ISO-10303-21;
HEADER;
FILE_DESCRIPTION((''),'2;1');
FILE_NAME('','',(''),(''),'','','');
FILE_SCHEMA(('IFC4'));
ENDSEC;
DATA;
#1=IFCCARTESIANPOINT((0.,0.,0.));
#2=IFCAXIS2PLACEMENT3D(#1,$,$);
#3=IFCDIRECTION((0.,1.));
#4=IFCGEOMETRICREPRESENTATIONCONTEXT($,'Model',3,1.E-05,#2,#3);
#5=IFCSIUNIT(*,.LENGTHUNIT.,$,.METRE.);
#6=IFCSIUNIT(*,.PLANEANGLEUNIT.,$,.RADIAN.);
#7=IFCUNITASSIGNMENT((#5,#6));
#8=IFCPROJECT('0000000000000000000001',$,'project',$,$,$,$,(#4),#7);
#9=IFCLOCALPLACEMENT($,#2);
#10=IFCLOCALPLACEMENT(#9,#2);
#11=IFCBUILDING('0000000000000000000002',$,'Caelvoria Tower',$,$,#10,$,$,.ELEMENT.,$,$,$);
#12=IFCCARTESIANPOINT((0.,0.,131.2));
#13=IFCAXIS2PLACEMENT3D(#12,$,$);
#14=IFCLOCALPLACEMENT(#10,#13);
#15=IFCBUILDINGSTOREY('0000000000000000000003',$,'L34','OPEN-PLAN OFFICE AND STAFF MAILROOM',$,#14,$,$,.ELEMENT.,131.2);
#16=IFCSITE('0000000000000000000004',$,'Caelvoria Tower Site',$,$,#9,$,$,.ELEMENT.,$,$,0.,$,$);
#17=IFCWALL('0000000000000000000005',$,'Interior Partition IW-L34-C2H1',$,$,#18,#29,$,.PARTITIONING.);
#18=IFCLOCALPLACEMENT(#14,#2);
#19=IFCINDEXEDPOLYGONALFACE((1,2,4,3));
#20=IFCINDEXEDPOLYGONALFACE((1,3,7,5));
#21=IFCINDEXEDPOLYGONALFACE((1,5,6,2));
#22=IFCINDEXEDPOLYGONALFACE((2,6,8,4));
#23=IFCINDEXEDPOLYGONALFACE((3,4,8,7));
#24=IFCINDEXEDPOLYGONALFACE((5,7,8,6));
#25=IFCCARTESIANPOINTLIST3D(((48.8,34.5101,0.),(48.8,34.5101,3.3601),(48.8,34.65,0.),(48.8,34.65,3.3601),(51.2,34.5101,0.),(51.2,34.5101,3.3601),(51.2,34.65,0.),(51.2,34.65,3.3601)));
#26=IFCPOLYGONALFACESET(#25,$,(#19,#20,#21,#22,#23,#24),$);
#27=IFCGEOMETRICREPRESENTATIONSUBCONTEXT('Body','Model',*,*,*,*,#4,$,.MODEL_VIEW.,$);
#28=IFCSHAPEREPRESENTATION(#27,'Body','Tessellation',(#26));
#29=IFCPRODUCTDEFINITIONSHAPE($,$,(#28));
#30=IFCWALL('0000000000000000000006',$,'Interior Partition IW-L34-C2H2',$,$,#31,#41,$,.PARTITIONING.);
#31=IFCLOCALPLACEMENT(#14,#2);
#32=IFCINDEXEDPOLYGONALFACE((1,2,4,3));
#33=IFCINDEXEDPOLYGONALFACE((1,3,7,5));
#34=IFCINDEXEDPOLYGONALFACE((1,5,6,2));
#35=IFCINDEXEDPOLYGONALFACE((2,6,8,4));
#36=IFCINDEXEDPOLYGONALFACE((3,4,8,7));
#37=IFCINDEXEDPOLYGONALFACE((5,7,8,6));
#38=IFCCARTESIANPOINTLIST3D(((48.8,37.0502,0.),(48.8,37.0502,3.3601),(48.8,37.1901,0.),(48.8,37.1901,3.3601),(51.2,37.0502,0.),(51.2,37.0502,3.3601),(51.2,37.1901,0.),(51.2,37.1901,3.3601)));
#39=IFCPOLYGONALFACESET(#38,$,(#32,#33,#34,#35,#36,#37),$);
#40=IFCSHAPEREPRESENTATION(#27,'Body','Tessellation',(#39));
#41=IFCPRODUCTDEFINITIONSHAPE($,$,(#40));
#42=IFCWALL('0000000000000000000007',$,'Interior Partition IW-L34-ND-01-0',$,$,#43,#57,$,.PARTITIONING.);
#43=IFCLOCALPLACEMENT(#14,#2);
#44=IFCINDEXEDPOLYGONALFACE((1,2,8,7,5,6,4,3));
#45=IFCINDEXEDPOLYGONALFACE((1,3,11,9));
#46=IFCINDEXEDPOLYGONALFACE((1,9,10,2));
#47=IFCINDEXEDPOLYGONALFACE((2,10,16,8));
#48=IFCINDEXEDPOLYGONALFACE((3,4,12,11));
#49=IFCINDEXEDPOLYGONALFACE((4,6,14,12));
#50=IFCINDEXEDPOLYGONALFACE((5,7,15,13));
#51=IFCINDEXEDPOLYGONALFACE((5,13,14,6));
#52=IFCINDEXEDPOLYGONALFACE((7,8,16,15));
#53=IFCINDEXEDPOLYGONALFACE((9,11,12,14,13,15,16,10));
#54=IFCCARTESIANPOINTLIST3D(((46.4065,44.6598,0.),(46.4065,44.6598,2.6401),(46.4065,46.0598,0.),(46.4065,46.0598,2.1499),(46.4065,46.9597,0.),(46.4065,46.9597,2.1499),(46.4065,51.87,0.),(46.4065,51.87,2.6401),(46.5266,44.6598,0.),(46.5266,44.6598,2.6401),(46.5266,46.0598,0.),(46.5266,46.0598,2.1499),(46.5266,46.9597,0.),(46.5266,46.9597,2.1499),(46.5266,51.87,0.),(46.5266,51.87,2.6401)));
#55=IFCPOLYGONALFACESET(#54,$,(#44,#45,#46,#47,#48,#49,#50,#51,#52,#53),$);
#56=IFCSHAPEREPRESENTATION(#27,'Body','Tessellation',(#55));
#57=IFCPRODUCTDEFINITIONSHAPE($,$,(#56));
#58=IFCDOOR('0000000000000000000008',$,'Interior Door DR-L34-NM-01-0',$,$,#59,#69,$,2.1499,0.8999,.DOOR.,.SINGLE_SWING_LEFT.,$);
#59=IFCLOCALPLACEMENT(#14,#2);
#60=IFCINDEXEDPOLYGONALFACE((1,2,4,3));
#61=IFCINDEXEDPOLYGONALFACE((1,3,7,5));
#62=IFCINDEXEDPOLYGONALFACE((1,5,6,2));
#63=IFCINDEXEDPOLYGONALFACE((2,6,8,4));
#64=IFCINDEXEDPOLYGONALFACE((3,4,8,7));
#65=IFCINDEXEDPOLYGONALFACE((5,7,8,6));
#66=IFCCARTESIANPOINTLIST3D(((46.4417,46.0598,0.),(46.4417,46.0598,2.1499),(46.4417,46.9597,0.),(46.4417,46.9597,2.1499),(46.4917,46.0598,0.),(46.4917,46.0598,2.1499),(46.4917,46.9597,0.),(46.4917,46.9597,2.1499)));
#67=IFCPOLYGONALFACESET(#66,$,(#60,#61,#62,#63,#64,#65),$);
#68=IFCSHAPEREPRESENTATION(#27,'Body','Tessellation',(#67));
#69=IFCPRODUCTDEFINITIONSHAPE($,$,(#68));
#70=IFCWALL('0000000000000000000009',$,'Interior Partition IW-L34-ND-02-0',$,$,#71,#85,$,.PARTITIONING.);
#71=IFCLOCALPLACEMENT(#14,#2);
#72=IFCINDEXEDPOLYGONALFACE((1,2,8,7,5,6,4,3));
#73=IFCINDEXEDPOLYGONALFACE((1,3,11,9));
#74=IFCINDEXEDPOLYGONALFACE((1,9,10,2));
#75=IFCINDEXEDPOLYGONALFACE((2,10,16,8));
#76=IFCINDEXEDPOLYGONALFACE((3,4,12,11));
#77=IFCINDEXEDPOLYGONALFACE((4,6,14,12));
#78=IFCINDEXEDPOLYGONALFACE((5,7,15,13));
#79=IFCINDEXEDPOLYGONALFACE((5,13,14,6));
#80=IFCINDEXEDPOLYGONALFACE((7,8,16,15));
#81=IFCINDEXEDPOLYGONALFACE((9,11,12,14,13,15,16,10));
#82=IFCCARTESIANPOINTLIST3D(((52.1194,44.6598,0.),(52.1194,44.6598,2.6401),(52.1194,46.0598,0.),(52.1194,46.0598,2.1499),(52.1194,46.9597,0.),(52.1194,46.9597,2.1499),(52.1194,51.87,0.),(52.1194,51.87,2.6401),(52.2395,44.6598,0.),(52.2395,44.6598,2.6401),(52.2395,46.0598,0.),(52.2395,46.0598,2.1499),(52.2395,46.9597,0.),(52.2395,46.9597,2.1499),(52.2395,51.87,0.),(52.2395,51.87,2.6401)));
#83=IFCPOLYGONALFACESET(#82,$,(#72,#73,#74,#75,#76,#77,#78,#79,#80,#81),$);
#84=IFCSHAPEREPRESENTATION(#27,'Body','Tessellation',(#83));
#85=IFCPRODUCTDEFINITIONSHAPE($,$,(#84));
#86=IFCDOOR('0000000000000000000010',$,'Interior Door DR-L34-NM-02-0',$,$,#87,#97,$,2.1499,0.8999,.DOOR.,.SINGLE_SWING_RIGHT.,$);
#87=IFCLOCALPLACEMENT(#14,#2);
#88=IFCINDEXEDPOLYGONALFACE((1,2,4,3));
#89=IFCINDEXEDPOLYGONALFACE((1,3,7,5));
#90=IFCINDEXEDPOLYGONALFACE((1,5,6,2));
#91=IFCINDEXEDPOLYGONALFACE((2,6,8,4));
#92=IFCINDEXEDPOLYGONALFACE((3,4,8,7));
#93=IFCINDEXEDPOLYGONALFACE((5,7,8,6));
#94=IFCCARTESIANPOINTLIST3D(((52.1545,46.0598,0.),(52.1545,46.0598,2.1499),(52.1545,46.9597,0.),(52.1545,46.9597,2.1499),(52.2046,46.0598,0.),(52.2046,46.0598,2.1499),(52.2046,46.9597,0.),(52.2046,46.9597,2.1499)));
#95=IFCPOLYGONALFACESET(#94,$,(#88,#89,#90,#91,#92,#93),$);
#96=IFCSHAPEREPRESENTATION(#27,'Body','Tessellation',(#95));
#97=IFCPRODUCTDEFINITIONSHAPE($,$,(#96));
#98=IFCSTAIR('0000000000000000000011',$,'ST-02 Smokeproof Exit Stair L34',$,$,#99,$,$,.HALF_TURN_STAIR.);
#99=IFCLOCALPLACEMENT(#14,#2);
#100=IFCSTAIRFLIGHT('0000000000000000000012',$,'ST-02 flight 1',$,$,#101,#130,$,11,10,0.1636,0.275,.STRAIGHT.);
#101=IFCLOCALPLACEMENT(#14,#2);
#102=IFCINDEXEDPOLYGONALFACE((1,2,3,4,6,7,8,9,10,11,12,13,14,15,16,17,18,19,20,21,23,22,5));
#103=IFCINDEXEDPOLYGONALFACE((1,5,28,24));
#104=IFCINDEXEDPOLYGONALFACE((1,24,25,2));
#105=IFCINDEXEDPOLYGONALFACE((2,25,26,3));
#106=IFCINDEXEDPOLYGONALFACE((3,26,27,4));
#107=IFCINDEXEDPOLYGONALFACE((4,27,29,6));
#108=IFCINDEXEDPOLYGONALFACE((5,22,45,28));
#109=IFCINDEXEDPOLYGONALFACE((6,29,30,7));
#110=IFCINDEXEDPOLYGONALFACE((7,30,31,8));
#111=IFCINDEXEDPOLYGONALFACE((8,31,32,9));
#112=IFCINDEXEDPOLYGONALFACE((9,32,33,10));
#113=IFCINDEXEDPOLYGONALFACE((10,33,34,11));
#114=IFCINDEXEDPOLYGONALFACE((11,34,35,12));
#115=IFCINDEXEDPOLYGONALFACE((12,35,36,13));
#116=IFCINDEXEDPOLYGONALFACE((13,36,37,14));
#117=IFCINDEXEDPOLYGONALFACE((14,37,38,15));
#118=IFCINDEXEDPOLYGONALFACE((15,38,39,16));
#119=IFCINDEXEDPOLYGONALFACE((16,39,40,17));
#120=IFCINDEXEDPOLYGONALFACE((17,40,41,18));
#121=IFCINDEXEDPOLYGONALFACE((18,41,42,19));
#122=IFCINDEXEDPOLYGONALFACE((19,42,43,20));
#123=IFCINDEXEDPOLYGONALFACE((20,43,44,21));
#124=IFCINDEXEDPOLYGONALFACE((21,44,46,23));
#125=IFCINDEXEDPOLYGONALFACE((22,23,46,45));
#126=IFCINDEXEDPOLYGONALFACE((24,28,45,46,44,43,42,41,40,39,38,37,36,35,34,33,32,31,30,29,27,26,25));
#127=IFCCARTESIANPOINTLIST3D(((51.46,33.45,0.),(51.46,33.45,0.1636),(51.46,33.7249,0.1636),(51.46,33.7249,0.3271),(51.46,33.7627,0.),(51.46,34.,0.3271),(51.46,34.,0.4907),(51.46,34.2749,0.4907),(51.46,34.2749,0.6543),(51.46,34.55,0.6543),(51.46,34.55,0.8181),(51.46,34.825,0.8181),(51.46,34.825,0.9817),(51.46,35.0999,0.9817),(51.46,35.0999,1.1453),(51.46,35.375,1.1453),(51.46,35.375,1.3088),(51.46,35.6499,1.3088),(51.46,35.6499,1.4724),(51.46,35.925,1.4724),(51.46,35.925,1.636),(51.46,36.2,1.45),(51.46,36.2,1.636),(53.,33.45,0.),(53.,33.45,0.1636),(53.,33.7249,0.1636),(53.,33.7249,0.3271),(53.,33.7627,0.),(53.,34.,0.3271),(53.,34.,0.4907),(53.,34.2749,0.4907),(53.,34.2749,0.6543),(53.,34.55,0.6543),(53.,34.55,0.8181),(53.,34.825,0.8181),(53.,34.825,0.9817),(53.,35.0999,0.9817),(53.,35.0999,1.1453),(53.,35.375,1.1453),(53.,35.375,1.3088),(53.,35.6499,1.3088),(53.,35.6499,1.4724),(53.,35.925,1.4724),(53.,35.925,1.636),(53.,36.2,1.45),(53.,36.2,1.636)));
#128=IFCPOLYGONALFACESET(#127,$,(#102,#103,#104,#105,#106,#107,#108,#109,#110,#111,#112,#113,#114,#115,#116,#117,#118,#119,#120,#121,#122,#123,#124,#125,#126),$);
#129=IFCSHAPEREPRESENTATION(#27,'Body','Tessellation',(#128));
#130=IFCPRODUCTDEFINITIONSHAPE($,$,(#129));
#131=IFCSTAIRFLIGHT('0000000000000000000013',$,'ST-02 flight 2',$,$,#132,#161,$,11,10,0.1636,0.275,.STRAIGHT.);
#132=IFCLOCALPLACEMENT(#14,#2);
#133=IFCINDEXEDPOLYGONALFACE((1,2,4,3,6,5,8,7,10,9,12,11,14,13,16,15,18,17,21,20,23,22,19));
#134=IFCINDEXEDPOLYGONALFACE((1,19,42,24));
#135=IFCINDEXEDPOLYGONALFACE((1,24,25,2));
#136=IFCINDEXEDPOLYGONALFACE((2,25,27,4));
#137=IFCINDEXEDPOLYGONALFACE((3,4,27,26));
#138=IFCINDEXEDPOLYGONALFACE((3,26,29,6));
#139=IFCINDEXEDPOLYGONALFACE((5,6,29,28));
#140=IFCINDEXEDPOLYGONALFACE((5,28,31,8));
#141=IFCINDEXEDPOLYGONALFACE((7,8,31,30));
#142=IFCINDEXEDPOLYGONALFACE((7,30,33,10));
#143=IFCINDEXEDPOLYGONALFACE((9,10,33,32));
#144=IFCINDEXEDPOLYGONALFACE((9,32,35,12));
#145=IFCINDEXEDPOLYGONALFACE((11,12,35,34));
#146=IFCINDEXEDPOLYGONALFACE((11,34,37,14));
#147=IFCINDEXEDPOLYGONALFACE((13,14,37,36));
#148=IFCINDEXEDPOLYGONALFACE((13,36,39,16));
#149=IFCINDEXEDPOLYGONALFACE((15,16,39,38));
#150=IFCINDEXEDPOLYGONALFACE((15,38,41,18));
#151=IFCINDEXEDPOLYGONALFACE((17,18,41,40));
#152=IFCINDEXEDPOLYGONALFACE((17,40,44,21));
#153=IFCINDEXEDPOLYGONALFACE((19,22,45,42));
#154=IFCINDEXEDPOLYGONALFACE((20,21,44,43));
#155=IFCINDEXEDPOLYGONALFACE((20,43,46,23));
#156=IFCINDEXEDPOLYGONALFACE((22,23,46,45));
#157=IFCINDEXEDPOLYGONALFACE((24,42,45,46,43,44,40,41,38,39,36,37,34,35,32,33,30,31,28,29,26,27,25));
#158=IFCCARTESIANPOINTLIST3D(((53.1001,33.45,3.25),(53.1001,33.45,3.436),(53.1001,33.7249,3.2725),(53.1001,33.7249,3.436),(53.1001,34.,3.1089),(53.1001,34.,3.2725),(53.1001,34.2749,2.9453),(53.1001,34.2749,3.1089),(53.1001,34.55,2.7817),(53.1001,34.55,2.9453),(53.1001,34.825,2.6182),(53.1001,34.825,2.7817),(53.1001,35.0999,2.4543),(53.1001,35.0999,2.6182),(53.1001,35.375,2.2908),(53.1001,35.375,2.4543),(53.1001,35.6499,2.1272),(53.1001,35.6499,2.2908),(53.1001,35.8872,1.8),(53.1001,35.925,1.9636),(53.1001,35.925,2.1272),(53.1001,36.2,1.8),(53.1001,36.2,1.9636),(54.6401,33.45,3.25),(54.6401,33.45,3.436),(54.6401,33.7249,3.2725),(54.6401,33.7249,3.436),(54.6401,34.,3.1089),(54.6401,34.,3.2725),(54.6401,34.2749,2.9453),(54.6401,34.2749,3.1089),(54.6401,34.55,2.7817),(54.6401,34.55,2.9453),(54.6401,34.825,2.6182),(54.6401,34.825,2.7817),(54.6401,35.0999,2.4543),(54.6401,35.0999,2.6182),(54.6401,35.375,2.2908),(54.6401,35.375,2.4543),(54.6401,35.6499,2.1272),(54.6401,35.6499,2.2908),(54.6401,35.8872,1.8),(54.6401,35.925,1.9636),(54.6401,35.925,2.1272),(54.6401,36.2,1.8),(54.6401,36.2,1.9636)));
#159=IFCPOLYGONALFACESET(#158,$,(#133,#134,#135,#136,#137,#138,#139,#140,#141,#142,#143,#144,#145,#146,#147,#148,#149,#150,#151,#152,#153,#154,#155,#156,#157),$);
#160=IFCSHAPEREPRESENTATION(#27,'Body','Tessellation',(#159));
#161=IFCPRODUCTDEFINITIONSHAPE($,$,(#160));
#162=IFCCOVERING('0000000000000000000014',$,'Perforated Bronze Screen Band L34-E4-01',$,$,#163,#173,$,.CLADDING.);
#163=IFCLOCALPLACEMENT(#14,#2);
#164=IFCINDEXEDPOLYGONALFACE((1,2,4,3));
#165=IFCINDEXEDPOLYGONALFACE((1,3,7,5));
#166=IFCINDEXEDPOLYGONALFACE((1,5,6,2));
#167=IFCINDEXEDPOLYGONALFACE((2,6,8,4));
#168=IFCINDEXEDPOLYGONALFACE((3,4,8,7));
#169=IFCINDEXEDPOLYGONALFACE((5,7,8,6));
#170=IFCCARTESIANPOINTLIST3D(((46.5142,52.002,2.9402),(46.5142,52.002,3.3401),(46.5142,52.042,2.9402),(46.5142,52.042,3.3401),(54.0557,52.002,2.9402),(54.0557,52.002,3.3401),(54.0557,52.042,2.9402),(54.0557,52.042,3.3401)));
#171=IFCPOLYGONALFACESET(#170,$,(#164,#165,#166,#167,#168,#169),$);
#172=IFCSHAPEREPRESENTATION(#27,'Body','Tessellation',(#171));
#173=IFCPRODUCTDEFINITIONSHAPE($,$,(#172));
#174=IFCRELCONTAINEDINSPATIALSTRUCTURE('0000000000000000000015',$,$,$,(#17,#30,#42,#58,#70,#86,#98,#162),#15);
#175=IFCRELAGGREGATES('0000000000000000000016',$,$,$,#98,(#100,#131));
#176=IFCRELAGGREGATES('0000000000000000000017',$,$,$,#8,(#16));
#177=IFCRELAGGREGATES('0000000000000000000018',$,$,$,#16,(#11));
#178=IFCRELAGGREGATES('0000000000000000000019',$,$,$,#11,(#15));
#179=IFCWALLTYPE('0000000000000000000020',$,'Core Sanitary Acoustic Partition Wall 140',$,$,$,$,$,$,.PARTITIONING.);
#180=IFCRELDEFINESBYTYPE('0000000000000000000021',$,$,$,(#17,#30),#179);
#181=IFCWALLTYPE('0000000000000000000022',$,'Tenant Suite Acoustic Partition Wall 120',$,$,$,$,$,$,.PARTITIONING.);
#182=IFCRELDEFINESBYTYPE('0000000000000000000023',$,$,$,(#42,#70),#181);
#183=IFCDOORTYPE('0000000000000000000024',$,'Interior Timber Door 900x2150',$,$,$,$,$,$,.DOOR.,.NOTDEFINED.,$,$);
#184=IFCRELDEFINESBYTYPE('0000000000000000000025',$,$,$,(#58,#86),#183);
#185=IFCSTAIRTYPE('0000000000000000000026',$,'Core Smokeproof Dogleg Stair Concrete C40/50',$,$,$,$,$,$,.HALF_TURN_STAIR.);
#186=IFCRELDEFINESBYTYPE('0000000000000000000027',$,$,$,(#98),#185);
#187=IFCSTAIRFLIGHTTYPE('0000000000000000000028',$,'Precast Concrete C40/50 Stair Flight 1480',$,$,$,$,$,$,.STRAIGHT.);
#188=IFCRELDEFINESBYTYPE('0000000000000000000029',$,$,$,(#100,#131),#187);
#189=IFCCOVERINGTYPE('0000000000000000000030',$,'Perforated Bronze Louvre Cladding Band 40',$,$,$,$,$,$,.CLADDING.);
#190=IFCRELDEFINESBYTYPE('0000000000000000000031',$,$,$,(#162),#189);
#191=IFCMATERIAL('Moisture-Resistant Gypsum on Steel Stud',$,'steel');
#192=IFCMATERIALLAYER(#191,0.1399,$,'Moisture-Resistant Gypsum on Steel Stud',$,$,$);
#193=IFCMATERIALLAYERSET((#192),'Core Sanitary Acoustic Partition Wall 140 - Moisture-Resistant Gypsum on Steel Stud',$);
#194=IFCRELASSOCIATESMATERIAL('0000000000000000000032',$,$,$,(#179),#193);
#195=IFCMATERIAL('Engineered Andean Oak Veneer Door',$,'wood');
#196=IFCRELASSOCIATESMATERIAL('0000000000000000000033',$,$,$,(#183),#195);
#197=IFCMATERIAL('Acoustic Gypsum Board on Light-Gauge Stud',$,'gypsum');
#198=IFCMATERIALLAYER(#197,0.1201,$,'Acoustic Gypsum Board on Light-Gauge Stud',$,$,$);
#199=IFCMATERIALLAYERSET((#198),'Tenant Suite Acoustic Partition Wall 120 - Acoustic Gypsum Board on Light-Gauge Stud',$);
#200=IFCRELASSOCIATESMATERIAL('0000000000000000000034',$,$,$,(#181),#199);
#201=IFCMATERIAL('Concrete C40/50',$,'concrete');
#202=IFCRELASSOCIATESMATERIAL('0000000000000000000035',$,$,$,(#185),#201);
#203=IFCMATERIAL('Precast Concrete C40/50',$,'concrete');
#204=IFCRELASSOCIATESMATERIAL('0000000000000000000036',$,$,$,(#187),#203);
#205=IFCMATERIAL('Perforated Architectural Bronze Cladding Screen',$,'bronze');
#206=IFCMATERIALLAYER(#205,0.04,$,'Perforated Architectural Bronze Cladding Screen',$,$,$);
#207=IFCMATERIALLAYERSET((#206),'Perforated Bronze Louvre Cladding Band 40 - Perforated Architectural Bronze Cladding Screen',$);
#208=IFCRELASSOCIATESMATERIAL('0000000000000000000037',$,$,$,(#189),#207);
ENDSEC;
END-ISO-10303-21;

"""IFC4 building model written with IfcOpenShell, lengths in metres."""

from ifc_helpers import new_model, si_unit, direction, frame, frame_2d, origin, origin_2d, place, context, subcontext, project, spatial, polyline, rectangle, outline, extrude, material, layer, layer_set, type_object, element, fill, aggregate, save


model = new_model("IFC4")

# Units and contexts
model_context = context("Model", 3, precision=1e-05, world=origin(), true_north=direction((0.0, 1.0)))
body_context = subcontext(model_context, "Body", "Model", "MODEL_VIEW")
ifc_project = project(units=[si_unit("LENGTHUNIT", "METRE"), si_unit("PLANEANGLEUNIT", "RADIAN")], contexts=[model_context])

# Site, building, storey
site_placement = place(None, origin())
site = spatial("IfcSite", under=ifc_project, at=site_placement, Name="Caelvoria Tower Site", CompositionType="ELEMENT", RefElevation=0.0)
building_placement = place(site_placement, origin())
building = spatial("IfcBuilding", under=site, at=building_placement, Name="Caelvoria Tower", CompositionType="ELEMENT")
storey_placement = place(building_placement, frame((0.0, 0.0, 131.2)))
storey = spatial("IfcBuildingStorey", under=building, at=storey_placement, Name="L34", Description="OPEN-PLAN OFFICE AND STAFF MAILROOM", CompositionType="ELEMENT", Elevation=131.2)

# Shared definitions
ifc_material_1 = material(Name="Moisture-Resistant Gypsum on Steel Stud", Category="steel")
ifc_layer_1 = layer(ifc_material_1, 0.1399, Name="Moisture-Resistant Gypsum on Steel Stud")
ifc_layer_set_1 = layer_set([ifc_layer_1], Name="Core Sanitary Acoustic Partition Wall 140 - Moisture-Resistant Gypsum on Steel Stud")
wall_type_1 = type_object("IfcWallType", Name="Core Sanitary Acoustic Partition Wall 140", PredefinedType="PARTITIONING", material=ifc_layer_set_1)
ifc_material_2 = material(Name="Engineered Andean Oak Veneer Door", Category="wood")
door_type_1 = type_object("IfcDoorType", Name="Interior Timber Door 900x2150", OperationType="NOTDEFINED", PredefinedType="DOOR", material=ifc_material_2)

# Walls
for number, where, z_axis, x_axis, name in (
    (1, (48.8, 34.5801, 0.0), (0.0, 0.0, 1.0), (1.0, 0.0, 0.0), "Interior Partition IW-L34-C2H1"),
    (2, (48.8, 37.1201, 0.0), (0.0, 0.0, 1.0), (1.0, 0.0, 0.0), "Interior Partition IW-L34-C2H2"),
):
    element("IfcWall", number, at=place(storey_placement, frame(where, z_axis=z_axis, x_axis=x_axis)), inside=storey, type_object=wall_type_1, Name=name, PredefinedType="PARTITIONING", context=body_context, shape_type="SweptSolid", body=[
        extrude(rectangle(XDim=2.3999, YDim=0.1399, at=frame_2d((1.2, 0.0))), origin(), (0.0, 0.0, 1.0), 3.3601),
    ])

# Walls, openings, doors
ifc_material_3 = material(Name="Acoustic Gypsum Board on Light-Gauge Stud", Category="gypsum")
ifc_layer_2 = layer(ifc_material_3, 0.1201, Name="Acoustic Gypsum Board on Light-Gauge Stud")
ifc_layer_set_2 = layer_set([ifc_layer_2], Name="Tenant Suite Acoustic Partition Wall 120 - Acoustic Gypsum Board on Light-Gauge Stud")
wall_type_2 = type_object("IfcWallType", Name="Tenant Suite Acoustic Partition Wall 120", PredefinedType="PARTITIONING", material=ifc_layer_set_2)
wall_1_placement = place(storey_placement, frame((46.4666, 44.6599, 0.0), z_axis=(0.0, 0.0, 1.0), x_axis=(0.0, 1.0, 0.0)))
wall_1 = element("IfcWall", 3, at=wall_1_placement, inside=storey, type_object=wall_type_2, Name="Interior Partition IW-L34-ND-01-0", PredefinedType="PARTITIONING", context=body_context, shape_type="SweptSolid", body=[
    extrude(rectangle(XDim=7.2102, YDim=0.1201, at=frame_2d((3.605, 0.0))), origin(), (0.0, 0.0, 1.0), 2.6401),
])
opening_1_placement = place(wall_1_placement, frame((1.3999, 0.0, 0.0)))
opening_1 = element("IfcOpeningElement", 4, at=opening_1_placement, cuts=wall_1, PredefinedType="OPENING", context=body_context, shape_type="SweptSolid", body=[
    extrude(rectangle(XDim=0.8999, YDim=2.1499, at=frame_2d((0.45, 1.075))), frame((0.0, 0.0701, 0.0), z_axis=(0.0, -1.0, 0.0), x_axis=(1.0, 0.0, 0.0)), (0.0, 0.0, 1.0), 0.1401),
])
door_1_placement = place(opening_1_placement, origin())
door_1 = element("IfcDoor", 5, at=door_1_placement, inside=storey, type_object=door_type_1, Name="Interior Door DR-L34-NM-01-0", OperationType="SINGLE_SWING_LEFT", OverallHeight=2.1499, OverallWidth=0.8999, PredefinedType="DOOR", context=body_context, shape_type="SweptSolid", body=[
    extrude(rectangle(XDim=0.8999, YDim=2.1499, at=frame_2d((0.45, 1.075))), frame((0.0, 0.0249, 0.0), z_axis=(0.0, -1.0, 0.0), x_axis=(1.0, 0.0, 0.0)), (0.0, 0.0, 1.0), 0.05),
])
fill(opening_1, door_1)
wall_2_placement = place(storey_placement, frame((52.1794, 44.6599, 0.0), z_axis=(0.0, 0.0, 1.0), x_axis=(0.0, 1.0, 0.0)))
wall_2 = element("IfcWall", 6, at=wall_2_placement, inside=storey, type_object=wall_type_2, Name="Interior Partition IW-L34-ND-02-0", PredefinedType="PARTITIONING", context=body_context, shape_type="SweptSolid", body=[
    extrude(rectangle(XDim=7.2102, YDim=0.1201, at=frame_2d((3.605, 0.0))), origin(), (0.0, 0.0, 1.0), 2.6401),
])
opening_2_placement = place(wall_2_placement, frame((1.3999, 0.0, 0.0)))
opening_2 = element("IfcOpeningElement", 7, at=opening_2_placement, cuts=wall_2, PredefinedType="OPENING", context=body_context, shape_type="SweptSolid", body=[
    extrude(rectangle(XDim=0.8999, YDim=2.1499, at=frame_2d((0.45, 1.075))), frame((0.0, 0.0701, 0.0), z_axis=(0.0, -1.0, 0.0), x_axis=(1.0, 0.0, 0.0)), (0.0, 0.0, 1.0), 0.1401),
])
door_2_placement = place(opening_2_placement, origin())
door_2 = element("IfcDoor", 8, at=door_2_placement, inside=storey, type_object=door_type_1, Name="Interior Door DR-L34-NM-02-0", OperationType="SINGLE_SWING_RIGHT", OverallHeight=2.1499, OverallWidth=0.8999, PredefinedType="DOOR", context=body_context, shape_type="SweptSolid", body=[
    extrude(rectangle(XDim=0.8999, YDim=2.1499, at=frame_2d((0.45, 1.075))), frame((0.0, 0.0249, 0.0), z_axis=(0.0, -1.0, 0.0), x_axis=(1.0, 0.0, 0.0)), (0.0, 0.0, 1.0), 0.05),
])
fill(opening_2, door_2)

# Stair, stair flights
ifc_material_4 = material(Name="Concrete C40/50", Category="concrete")
stair_type = type_object("IfcStairType", Name="Core Smokeproof Dogleg Stair Concrete C40/50", PredefinedType="HALF_TURN_STAIR", material=ifc_material_4)
stair_placement = place(storey_placement, origin())
stair = element("IfcStair", 9, at=stair_placement, inside=storey, type_object=stair_type, Name="ST-02 Smokeproof Exit Stair L34", PredefinedType="HALF_TURN_STAIR")
ifc_material_5 = material(Name="Precast Concrete C40/50", Category="concrete")
stair_flight_type = type_object("IfcStairFlightType", Name="Precast Concrete C40/50 Stair Flight 1480", PredefinedType="STRAIGHT", material=ifc_material_5)
stair_flight_1_placement = place(storey_placement, frame((52.23, 33.45, 0.0), z_axis=(0.0, 0.0, 1.0), x_axis=(0.0, 1.0, 0.0)))
stair_flight_1 = element("IfcStairFlight", 10, at=stair_flight_1_placement, type_object=stair_flight_type, Name="ST-02 flight 1", NumberOfRisers=11, NumberOfTreads=10, PredefinedType="STRAIGHT", RiserHeight=0.1636, TreadLength=0.275, context=body_context, shape_type="SweptSolid", body=[
    extrude(outline(polyline([(0.0, 0.0), (0.0, 0.1636), (0.2749, 0.1636), (0.2749, 0.3271), (0.55, 0.3271), (0.55, 0.4907), (0.825, 0.4907), (0.825, 0.6543), (1.1001, 0.6543), (1.1001, 0.8181), (1.375, 0.8181), (1.375, 0.9817), (1.6499, 0.9817), (1.6499, 1.1453), (1.925, 1.1453), (1.925, 1.3088), (2.2, 1.3088), (2.2, 1.4724), (2.4751, 1.4724), (2.4751, 1.636), (2.75, 1.636), (2.75, 1.7996), (2.75, 1.45), (0.3127, 0.0), (0.0, 0.0)])), frame((0.0, 0.77, 0.0), z_axis=(0.0, -1.0, 0.0), x_axis=(1.0, 0.0, 0.0)), (0.0, 0.0, 1.0), 1.54),
])
stair_flight_2_placement = place(storey_placement, frame((53.8701, 36.2, 1.8), z_axis=(0.0, 0.0, 1.0), x_axis=(0.0, -1.0, 0.0)))
stair_flight_2 = element("IfcStairFlight", 11, at=stair_flight_2_placement, type_object=stair_flight_type, Name="ST-02 flight 2", NumberOfRisers=11, NumberOfTreads=10, PredefinedType="STRAIGHT", RiserHeight=0.1636, TreadLength=0.275, context=body_context, shape_type="SweptSolid", body=[
    extrude(outline(polyline([(0.0, 0.0), (0.0, 0.1636), (0.2749, 0.1636), (0.2749, 0.3271), (0.55, 0.3271), (0.55, 0.4907), (0.825, 0.4907), (0.825, 0.6543), (1.1001, 0.6543), (1.1001, 0.8181), (1.375, 0.8181), (1.375, 0.9817), (1.6499, 0.9817), (1.6499, 1.1453), (1.925, 1.1453), (1.925, 1.3088), (2.2, 1.3088), (2.2, 1.4724), (2.4751, 1.4724), (2.4751, 1.636), (2.75, 1.636), (2.75, 1.7996), (2.75, 1.45), (0.3127, 0.0), (0.0, 0.0)])), frame((0.0, 0.77, 0.0), z_axis=(0.0, -1.0, 0.0), x_axis=(1.0, 0.0, 0.0)), (0.0, 0.0, 1.0), 1.54),
])
aggregate(stair, [stair_flight_1, stair_flight_2])

# Covering
ifc_material_6 = material(Name="Perforated Architectural Bronze Cladding Screen", Category="bronze")
ifc_layer_3 = layer(ifc_material_6, 0.04, Name="Perforated Architectural Bronze Cladding Screen")
ifc_layer_set_3 = layer_set([ifc_layer_3], Name="Perforated Bronze Louvre Cladding Band 40 - Perforated Architectural Bronze Cladding Screen")
covering_type = type_object("IfcCoveringType", Name="Perforated Bronze Louvre Cladding Band 40", PredefinedType="CLADDING", material=ifc_layer_set_3)
covering_placement = place(storey_placement, frame((50.2849, 52.022, 2.9402), z_axis=(0.0, 0.0, 1.0), x_axis=(-1.0, 0.0, 0.0)))
element("IfcCovering", 12, at=covering_placement, inside=storey, type_object=covering_type, Name="Perforated Bronze Screen Band L34-E4-01", PredefinedType="CLADDING", context=body_context, shape_type="SweptSolid", body=[
    extrude(rectangle(XDim=7.5415, YDim=0.04, at=origin_2d()), origin(), (0.0, 0.0, 1.0), 0.3999),
])

save(model, "model.ifc")
